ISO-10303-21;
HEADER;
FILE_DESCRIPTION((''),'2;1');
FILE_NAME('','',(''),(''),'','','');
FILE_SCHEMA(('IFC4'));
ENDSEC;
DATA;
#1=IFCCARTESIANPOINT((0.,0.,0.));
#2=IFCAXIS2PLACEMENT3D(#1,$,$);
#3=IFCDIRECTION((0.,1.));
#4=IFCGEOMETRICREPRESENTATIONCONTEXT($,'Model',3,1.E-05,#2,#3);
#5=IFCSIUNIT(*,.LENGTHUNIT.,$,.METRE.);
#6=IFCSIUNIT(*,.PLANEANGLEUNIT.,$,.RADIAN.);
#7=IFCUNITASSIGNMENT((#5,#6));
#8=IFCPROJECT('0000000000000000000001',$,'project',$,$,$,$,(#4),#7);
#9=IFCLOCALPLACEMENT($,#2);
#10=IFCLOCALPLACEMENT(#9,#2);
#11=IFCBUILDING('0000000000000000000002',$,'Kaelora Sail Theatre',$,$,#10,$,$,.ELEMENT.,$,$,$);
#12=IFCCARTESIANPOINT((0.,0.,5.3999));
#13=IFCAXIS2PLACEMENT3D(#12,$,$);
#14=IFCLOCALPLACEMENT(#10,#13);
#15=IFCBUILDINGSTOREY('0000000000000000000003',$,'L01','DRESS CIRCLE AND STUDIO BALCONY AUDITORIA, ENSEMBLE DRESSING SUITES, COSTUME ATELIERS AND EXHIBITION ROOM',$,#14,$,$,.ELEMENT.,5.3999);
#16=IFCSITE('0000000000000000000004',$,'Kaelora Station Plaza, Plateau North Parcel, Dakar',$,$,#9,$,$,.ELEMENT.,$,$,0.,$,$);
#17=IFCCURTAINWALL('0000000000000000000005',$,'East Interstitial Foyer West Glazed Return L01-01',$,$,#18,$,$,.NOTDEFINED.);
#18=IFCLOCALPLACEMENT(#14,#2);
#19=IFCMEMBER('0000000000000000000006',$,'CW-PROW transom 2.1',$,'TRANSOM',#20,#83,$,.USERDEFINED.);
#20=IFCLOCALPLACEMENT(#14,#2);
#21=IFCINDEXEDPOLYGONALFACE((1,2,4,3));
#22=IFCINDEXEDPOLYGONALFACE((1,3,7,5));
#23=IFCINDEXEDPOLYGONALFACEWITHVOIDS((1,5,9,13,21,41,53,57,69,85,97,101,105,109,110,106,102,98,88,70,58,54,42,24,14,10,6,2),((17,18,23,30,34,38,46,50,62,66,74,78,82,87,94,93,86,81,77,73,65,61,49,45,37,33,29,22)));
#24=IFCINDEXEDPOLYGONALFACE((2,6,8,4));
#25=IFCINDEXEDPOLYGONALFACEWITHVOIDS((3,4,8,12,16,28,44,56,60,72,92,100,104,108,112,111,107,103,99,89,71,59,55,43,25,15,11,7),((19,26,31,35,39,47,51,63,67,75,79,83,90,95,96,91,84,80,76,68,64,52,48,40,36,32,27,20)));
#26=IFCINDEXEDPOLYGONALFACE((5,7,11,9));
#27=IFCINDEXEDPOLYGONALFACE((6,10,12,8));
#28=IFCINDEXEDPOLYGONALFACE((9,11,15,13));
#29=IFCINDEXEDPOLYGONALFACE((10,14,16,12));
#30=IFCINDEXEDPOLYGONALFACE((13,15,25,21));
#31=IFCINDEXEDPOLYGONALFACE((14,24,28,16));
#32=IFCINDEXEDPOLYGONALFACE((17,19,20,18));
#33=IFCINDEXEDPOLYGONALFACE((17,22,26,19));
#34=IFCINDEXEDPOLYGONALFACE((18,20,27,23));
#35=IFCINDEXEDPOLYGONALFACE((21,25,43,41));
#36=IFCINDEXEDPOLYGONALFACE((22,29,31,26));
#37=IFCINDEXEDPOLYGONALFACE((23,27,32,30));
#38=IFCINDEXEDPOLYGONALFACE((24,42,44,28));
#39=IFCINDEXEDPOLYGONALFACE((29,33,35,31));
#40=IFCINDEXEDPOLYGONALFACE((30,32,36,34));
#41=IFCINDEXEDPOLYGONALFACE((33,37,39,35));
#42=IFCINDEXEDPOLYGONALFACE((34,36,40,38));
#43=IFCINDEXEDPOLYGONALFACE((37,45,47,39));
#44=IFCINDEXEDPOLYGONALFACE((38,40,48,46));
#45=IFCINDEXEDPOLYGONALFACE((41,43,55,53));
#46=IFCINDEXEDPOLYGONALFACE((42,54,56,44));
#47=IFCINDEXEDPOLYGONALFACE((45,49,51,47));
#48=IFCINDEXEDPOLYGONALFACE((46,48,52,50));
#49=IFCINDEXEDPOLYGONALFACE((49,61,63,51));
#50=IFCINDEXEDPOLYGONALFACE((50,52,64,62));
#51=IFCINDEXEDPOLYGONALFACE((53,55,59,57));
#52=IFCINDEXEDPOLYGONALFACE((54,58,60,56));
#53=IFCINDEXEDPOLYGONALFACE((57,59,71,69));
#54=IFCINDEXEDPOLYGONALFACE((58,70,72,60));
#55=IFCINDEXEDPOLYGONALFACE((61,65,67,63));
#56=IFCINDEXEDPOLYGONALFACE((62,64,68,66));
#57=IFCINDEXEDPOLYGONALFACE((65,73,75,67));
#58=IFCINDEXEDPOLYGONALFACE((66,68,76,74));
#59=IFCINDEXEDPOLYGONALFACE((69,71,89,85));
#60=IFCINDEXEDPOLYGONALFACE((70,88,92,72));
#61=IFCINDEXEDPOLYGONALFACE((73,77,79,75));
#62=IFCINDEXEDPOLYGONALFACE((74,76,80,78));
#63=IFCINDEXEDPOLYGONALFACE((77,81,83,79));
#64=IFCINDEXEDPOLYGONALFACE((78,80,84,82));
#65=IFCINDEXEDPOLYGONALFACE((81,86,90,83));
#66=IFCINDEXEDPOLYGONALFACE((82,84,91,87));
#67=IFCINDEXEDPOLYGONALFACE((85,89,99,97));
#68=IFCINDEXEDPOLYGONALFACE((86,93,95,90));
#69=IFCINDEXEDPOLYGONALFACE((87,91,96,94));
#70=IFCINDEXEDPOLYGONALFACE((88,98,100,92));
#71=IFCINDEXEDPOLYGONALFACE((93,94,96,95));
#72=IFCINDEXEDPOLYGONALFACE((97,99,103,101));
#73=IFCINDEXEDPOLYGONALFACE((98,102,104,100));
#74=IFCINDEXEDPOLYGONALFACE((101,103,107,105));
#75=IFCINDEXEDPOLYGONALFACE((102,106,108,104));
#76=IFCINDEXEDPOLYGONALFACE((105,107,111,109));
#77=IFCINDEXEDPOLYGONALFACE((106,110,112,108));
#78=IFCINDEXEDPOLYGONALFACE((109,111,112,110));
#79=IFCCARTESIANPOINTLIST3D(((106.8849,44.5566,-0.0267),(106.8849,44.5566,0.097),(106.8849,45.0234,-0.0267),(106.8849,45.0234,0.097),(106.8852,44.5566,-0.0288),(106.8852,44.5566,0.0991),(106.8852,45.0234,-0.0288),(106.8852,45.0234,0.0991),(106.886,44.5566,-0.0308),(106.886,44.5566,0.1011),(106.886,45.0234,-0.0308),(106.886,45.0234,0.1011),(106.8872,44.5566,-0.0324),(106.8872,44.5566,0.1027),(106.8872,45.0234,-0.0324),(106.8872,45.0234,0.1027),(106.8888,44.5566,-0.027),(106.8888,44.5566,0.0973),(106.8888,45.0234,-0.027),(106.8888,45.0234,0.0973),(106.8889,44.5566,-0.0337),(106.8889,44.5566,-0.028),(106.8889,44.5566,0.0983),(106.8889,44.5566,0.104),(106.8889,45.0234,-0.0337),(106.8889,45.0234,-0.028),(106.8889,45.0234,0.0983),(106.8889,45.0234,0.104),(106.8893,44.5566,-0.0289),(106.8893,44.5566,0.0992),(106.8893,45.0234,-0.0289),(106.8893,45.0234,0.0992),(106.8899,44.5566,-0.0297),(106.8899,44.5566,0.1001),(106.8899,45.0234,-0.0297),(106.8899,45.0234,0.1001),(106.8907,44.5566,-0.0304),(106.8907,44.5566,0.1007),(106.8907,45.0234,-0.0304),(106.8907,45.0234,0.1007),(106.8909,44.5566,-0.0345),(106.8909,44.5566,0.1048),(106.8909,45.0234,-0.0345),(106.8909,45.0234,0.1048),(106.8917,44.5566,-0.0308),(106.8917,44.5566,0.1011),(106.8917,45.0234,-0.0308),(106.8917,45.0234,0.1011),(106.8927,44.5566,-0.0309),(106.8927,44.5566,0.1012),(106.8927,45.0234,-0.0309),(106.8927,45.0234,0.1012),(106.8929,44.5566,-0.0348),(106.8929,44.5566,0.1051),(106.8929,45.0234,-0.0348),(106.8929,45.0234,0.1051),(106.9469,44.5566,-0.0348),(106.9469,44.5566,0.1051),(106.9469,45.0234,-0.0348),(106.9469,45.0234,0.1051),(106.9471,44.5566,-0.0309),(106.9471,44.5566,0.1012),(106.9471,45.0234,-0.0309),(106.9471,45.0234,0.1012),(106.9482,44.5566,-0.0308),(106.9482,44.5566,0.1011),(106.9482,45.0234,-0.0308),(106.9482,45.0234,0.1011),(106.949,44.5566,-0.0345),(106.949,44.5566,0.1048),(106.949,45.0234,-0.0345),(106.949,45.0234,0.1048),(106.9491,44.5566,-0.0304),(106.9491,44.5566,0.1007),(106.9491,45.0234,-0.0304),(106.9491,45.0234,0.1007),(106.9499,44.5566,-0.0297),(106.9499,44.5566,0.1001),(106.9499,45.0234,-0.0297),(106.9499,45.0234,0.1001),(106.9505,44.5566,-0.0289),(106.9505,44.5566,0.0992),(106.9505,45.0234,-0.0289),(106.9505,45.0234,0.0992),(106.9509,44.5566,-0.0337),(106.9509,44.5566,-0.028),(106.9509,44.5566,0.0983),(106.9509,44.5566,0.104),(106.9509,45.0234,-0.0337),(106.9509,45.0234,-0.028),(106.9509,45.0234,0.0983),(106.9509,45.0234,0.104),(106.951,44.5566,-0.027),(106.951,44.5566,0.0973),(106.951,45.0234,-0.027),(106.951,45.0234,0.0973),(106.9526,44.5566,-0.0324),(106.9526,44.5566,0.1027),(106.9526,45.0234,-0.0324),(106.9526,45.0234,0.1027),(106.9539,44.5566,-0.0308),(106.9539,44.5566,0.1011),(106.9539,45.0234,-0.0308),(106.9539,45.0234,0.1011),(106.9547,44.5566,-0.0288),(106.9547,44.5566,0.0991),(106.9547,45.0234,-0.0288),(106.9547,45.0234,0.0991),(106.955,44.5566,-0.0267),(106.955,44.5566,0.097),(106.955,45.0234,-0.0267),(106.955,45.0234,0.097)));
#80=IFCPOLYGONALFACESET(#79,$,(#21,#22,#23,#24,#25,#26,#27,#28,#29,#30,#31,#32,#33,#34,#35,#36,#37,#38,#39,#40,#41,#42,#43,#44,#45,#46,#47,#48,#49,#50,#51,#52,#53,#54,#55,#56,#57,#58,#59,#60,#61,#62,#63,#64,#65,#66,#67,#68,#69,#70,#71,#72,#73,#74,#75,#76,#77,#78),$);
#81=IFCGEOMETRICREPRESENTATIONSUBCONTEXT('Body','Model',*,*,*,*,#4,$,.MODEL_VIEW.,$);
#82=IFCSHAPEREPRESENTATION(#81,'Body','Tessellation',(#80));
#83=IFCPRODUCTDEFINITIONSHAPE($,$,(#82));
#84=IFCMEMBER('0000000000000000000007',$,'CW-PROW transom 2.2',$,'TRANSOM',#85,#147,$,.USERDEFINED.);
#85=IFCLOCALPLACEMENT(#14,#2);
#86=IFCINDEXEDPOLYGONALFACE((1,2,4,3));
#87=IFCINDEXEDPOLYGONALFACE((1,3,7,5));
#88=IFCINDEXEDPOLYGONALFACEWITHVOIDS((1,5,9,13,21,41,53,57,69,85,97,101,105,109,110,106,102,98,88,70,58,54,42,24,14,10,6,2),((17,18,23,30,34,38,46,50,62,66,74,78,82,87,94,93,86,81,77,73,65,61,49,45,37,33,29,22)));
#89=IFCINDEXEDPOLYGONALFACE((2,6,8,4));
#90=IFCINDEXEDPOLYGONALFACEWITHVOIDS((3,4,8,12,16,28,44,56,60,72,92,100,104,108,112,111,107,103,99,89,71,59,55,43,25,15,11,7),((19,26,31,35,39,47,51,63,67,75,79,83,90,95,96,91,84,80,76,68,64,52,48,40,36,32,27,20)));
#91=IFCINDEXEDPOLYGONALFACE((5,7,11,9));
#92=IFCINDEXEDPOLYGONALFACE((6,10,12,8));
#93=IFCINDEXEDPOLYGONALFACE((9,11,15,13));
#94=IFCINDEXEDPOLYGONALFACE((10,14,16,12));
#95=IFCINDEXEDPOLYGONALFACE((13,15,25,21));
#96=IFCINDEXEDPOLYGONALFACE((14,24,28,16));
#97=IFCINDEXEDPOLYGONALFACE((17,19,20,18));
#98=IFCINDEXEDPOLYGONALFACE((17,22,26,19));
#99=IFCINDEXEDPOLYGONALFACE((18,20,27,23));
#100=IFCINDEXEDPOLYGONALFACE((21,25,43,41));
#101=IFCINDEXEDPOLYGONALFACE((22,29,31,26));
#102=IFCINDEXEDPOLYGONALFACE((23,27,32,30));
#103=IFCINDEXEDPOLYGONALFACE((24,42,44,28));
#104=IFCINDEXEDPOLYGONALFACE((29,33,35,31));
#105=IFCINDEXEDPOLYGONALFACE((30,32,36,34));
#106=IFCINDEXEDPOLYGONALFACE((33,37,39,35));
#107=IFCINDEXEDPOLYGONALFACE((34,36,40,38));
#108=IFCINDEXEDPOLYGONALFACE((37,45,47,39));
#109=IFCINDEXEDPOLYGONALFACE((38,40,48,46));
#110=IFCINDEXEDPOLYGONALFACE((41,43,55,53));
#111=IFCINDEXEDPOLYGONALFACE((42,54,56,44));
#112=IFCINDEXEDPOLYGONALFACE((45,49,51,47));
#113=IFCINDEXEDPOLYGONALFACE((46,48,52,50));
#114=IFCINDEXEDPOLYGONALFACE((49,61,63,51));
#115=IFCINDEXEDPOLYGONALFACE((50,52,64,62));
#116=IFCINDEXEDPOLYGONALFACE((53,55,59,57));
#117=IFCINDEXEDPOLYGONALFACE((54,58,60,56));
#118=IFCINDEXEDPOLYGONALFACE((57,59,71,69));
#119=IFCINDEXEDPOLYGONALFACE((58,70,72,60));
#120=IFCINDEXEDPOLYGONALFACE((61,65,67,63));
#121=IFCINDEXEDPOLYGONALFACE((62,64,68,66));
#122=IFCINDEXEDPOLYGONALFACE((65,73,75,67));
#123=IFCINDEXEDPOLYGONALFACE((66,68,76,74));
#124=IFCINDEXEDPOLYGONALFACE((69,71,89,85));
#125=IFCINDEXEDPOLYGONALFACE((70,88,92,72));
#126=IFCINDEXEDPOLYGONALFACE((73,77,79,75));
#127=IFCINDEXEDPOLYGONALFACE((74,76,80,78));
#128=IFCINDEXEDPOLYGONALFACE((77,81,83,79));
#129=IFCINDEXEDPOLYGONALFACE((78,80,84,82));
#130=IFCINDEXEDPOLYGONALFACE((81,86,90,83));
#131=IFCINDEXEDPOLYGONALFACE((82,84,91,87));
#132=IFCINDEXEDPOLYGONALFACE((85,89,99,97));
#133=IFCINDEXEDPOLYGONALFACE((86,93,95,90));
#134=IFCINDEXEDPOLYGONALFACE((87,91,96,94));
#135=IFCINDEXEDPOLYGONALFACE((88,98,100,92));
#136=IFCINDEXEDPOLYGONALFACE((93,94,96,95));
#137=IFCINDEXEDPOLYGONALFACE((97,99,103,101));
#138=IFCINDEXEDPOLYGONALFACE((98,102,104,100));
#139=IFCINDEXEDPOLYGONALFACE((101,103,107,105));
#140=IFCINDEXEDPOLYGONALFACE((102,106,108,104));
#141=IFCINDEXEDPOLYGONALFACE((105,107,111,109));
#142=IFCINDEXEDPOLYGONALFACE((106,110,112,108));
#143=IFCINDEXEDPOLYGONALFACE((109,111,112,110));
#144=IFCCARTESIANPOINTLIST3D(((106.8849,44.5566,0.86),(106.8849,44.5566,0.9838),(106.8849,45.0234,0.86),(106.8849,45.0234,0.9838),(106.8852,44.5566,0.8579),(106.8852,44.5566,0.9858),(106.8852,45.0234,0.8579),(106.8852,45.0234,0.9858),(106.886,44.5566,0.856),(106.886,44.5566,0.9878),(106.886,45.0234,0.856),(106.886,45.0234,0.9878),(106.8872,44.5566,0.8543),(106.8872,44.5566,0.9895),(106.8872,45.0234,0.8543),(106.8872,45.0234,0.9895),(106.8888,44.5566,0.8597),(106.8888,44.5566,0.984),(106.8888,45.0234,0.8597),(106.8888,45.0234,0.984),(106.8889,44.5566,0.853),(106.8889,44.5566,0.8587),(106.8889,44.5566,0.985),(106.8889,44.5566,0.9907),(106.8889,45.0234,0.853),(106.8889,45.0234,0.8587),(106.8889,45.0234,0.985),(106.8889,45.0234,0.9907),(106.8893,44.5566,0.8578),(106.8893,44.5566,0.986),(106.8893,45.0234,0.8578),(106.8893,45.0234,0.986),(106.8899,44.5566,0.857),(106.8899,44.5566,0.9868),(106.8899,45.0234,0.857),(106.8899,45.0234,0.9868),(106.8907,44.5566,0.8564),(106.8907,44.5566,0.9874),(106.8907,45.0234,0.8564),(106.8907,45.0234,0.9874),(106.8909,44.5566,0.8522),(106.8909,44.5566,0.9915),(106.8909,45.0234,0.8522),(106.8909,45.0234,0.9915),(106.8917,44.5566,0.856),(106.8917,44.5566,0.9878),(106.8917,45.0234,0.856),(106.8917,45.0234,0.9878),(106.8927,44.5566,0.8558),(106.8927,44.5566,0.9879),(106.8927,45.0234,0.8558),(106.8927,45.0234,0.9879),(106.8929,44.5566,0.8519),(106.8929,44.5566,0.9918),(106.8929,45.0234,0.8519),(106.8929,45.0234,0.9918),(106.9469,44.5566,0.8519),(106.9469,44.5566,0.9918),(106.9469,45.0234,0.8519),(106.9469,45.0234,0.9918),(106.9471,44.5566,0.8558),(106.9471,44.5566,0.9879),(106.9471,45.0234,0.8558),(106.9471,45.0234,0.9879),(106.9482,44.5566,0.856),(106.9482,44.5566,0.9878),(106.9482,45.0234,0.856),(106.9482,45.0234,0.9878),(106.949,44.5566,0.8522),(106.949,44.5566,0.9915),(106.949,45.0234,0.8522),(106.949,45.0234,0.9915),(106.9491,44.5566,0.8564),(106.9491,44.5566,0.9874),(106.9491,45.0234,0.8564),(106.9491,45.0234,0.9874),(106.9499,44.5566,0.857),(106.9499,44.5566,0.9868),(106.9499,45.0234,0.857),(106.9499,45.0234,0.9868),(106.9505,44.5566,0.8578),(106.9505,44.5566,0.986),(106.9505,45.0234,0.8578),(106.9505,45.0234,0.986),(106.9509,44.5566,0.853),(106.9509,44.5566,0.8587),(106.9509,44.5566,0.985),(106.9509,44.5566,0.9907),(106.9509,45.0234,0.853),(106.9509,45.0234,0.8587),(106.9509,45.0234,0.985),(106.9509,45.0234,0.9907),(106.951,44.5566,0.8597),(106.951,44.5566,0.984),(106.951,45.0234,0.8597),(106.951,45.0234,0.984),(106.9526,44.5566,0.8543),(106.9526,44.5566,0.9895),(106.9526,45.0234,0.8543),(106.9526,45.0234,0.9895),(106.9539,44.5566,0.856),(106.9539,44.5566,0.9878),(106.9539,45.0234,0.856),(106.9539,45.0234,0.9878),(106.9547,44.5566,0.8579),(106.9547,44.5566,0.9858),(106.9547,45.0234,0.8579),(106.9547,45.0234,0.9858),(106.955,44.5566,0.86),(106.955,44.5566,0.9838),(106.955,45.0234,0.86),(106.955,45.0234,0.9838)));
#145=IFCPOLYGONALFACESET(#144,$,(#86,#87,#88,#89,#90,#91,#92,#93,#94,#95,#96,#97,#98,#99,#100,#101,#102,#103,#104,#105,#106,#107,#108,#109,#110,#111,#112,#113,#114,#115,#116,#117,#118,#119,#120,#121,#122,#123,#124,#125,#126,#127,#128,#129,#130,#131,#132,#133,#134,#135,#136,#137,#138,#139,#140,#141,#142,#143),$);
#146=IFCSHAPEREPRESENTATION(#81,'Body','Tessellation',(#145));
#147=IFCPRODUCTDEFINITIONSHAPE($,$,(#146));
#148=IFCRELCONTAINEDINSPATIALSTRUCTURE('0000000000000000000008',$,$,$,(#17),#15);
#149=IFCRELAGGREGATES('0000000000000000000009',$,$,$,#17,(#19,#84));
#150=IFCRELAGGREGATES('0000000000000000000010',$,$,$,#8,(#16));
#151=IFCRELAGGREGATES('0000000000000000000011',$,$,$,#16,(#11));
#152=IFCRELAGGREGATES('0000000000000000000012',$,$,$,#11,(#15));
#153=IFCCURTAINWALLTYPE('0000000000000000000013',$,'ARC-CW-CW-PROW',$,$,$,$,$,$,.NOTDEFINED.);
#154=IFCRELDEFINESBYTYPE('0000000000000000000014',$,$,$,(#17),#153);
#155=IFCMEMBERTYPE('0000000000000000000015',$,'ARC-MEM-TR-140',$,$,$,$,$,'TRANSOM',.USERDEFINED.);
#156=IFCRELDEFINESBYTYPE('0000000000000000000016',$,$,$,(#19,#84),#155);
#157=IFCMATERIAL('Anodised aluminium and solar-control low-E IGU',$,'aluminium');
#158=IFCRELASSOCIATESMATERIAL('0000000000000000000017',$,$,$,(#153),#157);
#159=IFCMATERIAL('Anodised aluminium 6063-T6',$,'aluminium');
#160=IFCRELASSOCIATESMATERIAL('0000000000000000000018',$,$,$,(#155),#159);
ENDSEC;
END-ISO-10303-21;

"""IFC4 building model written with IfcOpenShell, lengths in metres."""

from ifc_helpers import new_model, si_unit, direction, frame, origin, origin_2d, place, context, subcontext, project, spatial, hollow_rectangle, extrude, material, material_profile, profile_set, type_object, element, aggregate, save


model = new_model("IFC4")

# Units and contexts
model_context = context("Model", 3, precision=1e-05, world=origin(), true_north=direction((0.0, 1.0)))
body_context = subcontext(model_context, "Body", "Model", "MODEL_VIEW")
ifc_project = project(units=[si_unit("LENGTHUNIT", "METRE"), si_unit("PLANEANGLEUNIT", "RADIAN")], contexts=[model_context])

# Site, building, storey
site_placement = place(None, origin())
site = spatial("IfcSite", under=ifc_project, at=site_placement, Name="Kaelora Station Plaza, Plateau North Parcel, Dakar", CompositionType="ELEMENT", RefElevation=0.0)
building_placement = place(site_placement, origin())
building = spatial("IfcBuilding", under=site, at=building_placement, Name="Kaelora Sail Theatre", CompositionType="ELEMENT")
storey_placement = place(building_placement, frame((0.0, 0.0, 5.3999)))
storey = spatial("IfcBuildingStorey", under=building, at=storey_placement, Name="L01", Description="DRESS CIRCLE AND STUDIO BALCONY AUDITORIA, ENSEMBLE DRESSING SUITES, COSTUME ATELIERS AND EXHIBITION ROOM", CompositionType="ELEMENT", Elevation=5.3999)

# Curtain wall, members
ifc_material_1 = material(Name="Anodised aluminium and solar-control low-E IGU", Category="aluminium")
curtain_wall_type = type_object("IfcCurtainWallType", Name="ARC-CW-CW-PROW", PredefinedType="NOTDEFINED", material=ifc_material_1)
curtain_wall_placement = place(storey_placement, origin())
curtain_wall = element("IfcCurtainWall", 1, at=curtain_wall_placement, inside=storey, type_object=curtain_wall_type, Name="East Interstitial Foyer West Glazed Return L01-01", PredefinedType="NOTDEFINED")
ifc_material_2 = material(Name="Anodised aluminium 6063-T6", Category="aluminium")
ifc_material_profile_1 = material_profile(ifc_material_2, hollow_rectangle(XDim=0.0701, YDim=0.1399, WallThickness=0.0039, InnerFilletRadius=0.0039, OuterFilletRadius=0.0081, at=origin_2d()), Name="ALU-TRAN 70x140x4")
ifc_profile_set_1 = profile_set([ifc_material_profile_1], Name="Anodised aluminium 6063-T6")
member_type_1 = type_object("IfcMemberType", Name="ARC-MEM-TR-140", ElementType="TRANSOM", PredefinedType="USERDEFINED", material=ifc_profile_set_1)
member_1_placement = place(storey_placement, frame((106.9199, 44.5566, 0.0352), z_axis=(0.0, 1.0, 0.0), x_axis=(-1.0, 0.0, 0.0)))
member_1 = element("IfcMember", 2, at=member_1_placement, type_object=member_type_1, Name="CW-PROW transom 2.1", ObjectType="TRANSOM", PredefinedType="USERDEFINED", context=body_context, shape_type="SweptSolid", body=[
    extrude(hollow_rectangle(XDim=0.0701, YDim=0.1399, WallThickness=0.0039, InnerFilletRadius=0.0039, OuterFilletRadius=0.0081, at=origin_2d()), origin(), (0.0, 0.0, 1.0), 0.4668),
])
member_2_placement = place(storey_placement, frame((106.9199, 44.5566, 0.9219), z_axis=(0.0, 1.0, 0.0), x_axis=(-1.0, 0.0, 0.0)))
member_2 = element("IfcMember", 3, at=member_2_placement, type_object=member_type_1, Name="CW-PROW transom 2.2", ObjectType="TRANSOM", PredefinedType="USERDEFINED", context=body_context, shape_type="SweptSolid", body=[
    extrude(hollow_rectangle(XDim=0.0701, YDim=0.1399, WallThickness=0.0039, InnerFilletRadius=0.0039, OuterFilletRadius=0.0081, at=origin_2d()), origin(), (0.0, 0.0, 1.0), 0.4668),
])

aggregate(curtain_wall, [member_1, member_2])

save(model, "model.ifc")
